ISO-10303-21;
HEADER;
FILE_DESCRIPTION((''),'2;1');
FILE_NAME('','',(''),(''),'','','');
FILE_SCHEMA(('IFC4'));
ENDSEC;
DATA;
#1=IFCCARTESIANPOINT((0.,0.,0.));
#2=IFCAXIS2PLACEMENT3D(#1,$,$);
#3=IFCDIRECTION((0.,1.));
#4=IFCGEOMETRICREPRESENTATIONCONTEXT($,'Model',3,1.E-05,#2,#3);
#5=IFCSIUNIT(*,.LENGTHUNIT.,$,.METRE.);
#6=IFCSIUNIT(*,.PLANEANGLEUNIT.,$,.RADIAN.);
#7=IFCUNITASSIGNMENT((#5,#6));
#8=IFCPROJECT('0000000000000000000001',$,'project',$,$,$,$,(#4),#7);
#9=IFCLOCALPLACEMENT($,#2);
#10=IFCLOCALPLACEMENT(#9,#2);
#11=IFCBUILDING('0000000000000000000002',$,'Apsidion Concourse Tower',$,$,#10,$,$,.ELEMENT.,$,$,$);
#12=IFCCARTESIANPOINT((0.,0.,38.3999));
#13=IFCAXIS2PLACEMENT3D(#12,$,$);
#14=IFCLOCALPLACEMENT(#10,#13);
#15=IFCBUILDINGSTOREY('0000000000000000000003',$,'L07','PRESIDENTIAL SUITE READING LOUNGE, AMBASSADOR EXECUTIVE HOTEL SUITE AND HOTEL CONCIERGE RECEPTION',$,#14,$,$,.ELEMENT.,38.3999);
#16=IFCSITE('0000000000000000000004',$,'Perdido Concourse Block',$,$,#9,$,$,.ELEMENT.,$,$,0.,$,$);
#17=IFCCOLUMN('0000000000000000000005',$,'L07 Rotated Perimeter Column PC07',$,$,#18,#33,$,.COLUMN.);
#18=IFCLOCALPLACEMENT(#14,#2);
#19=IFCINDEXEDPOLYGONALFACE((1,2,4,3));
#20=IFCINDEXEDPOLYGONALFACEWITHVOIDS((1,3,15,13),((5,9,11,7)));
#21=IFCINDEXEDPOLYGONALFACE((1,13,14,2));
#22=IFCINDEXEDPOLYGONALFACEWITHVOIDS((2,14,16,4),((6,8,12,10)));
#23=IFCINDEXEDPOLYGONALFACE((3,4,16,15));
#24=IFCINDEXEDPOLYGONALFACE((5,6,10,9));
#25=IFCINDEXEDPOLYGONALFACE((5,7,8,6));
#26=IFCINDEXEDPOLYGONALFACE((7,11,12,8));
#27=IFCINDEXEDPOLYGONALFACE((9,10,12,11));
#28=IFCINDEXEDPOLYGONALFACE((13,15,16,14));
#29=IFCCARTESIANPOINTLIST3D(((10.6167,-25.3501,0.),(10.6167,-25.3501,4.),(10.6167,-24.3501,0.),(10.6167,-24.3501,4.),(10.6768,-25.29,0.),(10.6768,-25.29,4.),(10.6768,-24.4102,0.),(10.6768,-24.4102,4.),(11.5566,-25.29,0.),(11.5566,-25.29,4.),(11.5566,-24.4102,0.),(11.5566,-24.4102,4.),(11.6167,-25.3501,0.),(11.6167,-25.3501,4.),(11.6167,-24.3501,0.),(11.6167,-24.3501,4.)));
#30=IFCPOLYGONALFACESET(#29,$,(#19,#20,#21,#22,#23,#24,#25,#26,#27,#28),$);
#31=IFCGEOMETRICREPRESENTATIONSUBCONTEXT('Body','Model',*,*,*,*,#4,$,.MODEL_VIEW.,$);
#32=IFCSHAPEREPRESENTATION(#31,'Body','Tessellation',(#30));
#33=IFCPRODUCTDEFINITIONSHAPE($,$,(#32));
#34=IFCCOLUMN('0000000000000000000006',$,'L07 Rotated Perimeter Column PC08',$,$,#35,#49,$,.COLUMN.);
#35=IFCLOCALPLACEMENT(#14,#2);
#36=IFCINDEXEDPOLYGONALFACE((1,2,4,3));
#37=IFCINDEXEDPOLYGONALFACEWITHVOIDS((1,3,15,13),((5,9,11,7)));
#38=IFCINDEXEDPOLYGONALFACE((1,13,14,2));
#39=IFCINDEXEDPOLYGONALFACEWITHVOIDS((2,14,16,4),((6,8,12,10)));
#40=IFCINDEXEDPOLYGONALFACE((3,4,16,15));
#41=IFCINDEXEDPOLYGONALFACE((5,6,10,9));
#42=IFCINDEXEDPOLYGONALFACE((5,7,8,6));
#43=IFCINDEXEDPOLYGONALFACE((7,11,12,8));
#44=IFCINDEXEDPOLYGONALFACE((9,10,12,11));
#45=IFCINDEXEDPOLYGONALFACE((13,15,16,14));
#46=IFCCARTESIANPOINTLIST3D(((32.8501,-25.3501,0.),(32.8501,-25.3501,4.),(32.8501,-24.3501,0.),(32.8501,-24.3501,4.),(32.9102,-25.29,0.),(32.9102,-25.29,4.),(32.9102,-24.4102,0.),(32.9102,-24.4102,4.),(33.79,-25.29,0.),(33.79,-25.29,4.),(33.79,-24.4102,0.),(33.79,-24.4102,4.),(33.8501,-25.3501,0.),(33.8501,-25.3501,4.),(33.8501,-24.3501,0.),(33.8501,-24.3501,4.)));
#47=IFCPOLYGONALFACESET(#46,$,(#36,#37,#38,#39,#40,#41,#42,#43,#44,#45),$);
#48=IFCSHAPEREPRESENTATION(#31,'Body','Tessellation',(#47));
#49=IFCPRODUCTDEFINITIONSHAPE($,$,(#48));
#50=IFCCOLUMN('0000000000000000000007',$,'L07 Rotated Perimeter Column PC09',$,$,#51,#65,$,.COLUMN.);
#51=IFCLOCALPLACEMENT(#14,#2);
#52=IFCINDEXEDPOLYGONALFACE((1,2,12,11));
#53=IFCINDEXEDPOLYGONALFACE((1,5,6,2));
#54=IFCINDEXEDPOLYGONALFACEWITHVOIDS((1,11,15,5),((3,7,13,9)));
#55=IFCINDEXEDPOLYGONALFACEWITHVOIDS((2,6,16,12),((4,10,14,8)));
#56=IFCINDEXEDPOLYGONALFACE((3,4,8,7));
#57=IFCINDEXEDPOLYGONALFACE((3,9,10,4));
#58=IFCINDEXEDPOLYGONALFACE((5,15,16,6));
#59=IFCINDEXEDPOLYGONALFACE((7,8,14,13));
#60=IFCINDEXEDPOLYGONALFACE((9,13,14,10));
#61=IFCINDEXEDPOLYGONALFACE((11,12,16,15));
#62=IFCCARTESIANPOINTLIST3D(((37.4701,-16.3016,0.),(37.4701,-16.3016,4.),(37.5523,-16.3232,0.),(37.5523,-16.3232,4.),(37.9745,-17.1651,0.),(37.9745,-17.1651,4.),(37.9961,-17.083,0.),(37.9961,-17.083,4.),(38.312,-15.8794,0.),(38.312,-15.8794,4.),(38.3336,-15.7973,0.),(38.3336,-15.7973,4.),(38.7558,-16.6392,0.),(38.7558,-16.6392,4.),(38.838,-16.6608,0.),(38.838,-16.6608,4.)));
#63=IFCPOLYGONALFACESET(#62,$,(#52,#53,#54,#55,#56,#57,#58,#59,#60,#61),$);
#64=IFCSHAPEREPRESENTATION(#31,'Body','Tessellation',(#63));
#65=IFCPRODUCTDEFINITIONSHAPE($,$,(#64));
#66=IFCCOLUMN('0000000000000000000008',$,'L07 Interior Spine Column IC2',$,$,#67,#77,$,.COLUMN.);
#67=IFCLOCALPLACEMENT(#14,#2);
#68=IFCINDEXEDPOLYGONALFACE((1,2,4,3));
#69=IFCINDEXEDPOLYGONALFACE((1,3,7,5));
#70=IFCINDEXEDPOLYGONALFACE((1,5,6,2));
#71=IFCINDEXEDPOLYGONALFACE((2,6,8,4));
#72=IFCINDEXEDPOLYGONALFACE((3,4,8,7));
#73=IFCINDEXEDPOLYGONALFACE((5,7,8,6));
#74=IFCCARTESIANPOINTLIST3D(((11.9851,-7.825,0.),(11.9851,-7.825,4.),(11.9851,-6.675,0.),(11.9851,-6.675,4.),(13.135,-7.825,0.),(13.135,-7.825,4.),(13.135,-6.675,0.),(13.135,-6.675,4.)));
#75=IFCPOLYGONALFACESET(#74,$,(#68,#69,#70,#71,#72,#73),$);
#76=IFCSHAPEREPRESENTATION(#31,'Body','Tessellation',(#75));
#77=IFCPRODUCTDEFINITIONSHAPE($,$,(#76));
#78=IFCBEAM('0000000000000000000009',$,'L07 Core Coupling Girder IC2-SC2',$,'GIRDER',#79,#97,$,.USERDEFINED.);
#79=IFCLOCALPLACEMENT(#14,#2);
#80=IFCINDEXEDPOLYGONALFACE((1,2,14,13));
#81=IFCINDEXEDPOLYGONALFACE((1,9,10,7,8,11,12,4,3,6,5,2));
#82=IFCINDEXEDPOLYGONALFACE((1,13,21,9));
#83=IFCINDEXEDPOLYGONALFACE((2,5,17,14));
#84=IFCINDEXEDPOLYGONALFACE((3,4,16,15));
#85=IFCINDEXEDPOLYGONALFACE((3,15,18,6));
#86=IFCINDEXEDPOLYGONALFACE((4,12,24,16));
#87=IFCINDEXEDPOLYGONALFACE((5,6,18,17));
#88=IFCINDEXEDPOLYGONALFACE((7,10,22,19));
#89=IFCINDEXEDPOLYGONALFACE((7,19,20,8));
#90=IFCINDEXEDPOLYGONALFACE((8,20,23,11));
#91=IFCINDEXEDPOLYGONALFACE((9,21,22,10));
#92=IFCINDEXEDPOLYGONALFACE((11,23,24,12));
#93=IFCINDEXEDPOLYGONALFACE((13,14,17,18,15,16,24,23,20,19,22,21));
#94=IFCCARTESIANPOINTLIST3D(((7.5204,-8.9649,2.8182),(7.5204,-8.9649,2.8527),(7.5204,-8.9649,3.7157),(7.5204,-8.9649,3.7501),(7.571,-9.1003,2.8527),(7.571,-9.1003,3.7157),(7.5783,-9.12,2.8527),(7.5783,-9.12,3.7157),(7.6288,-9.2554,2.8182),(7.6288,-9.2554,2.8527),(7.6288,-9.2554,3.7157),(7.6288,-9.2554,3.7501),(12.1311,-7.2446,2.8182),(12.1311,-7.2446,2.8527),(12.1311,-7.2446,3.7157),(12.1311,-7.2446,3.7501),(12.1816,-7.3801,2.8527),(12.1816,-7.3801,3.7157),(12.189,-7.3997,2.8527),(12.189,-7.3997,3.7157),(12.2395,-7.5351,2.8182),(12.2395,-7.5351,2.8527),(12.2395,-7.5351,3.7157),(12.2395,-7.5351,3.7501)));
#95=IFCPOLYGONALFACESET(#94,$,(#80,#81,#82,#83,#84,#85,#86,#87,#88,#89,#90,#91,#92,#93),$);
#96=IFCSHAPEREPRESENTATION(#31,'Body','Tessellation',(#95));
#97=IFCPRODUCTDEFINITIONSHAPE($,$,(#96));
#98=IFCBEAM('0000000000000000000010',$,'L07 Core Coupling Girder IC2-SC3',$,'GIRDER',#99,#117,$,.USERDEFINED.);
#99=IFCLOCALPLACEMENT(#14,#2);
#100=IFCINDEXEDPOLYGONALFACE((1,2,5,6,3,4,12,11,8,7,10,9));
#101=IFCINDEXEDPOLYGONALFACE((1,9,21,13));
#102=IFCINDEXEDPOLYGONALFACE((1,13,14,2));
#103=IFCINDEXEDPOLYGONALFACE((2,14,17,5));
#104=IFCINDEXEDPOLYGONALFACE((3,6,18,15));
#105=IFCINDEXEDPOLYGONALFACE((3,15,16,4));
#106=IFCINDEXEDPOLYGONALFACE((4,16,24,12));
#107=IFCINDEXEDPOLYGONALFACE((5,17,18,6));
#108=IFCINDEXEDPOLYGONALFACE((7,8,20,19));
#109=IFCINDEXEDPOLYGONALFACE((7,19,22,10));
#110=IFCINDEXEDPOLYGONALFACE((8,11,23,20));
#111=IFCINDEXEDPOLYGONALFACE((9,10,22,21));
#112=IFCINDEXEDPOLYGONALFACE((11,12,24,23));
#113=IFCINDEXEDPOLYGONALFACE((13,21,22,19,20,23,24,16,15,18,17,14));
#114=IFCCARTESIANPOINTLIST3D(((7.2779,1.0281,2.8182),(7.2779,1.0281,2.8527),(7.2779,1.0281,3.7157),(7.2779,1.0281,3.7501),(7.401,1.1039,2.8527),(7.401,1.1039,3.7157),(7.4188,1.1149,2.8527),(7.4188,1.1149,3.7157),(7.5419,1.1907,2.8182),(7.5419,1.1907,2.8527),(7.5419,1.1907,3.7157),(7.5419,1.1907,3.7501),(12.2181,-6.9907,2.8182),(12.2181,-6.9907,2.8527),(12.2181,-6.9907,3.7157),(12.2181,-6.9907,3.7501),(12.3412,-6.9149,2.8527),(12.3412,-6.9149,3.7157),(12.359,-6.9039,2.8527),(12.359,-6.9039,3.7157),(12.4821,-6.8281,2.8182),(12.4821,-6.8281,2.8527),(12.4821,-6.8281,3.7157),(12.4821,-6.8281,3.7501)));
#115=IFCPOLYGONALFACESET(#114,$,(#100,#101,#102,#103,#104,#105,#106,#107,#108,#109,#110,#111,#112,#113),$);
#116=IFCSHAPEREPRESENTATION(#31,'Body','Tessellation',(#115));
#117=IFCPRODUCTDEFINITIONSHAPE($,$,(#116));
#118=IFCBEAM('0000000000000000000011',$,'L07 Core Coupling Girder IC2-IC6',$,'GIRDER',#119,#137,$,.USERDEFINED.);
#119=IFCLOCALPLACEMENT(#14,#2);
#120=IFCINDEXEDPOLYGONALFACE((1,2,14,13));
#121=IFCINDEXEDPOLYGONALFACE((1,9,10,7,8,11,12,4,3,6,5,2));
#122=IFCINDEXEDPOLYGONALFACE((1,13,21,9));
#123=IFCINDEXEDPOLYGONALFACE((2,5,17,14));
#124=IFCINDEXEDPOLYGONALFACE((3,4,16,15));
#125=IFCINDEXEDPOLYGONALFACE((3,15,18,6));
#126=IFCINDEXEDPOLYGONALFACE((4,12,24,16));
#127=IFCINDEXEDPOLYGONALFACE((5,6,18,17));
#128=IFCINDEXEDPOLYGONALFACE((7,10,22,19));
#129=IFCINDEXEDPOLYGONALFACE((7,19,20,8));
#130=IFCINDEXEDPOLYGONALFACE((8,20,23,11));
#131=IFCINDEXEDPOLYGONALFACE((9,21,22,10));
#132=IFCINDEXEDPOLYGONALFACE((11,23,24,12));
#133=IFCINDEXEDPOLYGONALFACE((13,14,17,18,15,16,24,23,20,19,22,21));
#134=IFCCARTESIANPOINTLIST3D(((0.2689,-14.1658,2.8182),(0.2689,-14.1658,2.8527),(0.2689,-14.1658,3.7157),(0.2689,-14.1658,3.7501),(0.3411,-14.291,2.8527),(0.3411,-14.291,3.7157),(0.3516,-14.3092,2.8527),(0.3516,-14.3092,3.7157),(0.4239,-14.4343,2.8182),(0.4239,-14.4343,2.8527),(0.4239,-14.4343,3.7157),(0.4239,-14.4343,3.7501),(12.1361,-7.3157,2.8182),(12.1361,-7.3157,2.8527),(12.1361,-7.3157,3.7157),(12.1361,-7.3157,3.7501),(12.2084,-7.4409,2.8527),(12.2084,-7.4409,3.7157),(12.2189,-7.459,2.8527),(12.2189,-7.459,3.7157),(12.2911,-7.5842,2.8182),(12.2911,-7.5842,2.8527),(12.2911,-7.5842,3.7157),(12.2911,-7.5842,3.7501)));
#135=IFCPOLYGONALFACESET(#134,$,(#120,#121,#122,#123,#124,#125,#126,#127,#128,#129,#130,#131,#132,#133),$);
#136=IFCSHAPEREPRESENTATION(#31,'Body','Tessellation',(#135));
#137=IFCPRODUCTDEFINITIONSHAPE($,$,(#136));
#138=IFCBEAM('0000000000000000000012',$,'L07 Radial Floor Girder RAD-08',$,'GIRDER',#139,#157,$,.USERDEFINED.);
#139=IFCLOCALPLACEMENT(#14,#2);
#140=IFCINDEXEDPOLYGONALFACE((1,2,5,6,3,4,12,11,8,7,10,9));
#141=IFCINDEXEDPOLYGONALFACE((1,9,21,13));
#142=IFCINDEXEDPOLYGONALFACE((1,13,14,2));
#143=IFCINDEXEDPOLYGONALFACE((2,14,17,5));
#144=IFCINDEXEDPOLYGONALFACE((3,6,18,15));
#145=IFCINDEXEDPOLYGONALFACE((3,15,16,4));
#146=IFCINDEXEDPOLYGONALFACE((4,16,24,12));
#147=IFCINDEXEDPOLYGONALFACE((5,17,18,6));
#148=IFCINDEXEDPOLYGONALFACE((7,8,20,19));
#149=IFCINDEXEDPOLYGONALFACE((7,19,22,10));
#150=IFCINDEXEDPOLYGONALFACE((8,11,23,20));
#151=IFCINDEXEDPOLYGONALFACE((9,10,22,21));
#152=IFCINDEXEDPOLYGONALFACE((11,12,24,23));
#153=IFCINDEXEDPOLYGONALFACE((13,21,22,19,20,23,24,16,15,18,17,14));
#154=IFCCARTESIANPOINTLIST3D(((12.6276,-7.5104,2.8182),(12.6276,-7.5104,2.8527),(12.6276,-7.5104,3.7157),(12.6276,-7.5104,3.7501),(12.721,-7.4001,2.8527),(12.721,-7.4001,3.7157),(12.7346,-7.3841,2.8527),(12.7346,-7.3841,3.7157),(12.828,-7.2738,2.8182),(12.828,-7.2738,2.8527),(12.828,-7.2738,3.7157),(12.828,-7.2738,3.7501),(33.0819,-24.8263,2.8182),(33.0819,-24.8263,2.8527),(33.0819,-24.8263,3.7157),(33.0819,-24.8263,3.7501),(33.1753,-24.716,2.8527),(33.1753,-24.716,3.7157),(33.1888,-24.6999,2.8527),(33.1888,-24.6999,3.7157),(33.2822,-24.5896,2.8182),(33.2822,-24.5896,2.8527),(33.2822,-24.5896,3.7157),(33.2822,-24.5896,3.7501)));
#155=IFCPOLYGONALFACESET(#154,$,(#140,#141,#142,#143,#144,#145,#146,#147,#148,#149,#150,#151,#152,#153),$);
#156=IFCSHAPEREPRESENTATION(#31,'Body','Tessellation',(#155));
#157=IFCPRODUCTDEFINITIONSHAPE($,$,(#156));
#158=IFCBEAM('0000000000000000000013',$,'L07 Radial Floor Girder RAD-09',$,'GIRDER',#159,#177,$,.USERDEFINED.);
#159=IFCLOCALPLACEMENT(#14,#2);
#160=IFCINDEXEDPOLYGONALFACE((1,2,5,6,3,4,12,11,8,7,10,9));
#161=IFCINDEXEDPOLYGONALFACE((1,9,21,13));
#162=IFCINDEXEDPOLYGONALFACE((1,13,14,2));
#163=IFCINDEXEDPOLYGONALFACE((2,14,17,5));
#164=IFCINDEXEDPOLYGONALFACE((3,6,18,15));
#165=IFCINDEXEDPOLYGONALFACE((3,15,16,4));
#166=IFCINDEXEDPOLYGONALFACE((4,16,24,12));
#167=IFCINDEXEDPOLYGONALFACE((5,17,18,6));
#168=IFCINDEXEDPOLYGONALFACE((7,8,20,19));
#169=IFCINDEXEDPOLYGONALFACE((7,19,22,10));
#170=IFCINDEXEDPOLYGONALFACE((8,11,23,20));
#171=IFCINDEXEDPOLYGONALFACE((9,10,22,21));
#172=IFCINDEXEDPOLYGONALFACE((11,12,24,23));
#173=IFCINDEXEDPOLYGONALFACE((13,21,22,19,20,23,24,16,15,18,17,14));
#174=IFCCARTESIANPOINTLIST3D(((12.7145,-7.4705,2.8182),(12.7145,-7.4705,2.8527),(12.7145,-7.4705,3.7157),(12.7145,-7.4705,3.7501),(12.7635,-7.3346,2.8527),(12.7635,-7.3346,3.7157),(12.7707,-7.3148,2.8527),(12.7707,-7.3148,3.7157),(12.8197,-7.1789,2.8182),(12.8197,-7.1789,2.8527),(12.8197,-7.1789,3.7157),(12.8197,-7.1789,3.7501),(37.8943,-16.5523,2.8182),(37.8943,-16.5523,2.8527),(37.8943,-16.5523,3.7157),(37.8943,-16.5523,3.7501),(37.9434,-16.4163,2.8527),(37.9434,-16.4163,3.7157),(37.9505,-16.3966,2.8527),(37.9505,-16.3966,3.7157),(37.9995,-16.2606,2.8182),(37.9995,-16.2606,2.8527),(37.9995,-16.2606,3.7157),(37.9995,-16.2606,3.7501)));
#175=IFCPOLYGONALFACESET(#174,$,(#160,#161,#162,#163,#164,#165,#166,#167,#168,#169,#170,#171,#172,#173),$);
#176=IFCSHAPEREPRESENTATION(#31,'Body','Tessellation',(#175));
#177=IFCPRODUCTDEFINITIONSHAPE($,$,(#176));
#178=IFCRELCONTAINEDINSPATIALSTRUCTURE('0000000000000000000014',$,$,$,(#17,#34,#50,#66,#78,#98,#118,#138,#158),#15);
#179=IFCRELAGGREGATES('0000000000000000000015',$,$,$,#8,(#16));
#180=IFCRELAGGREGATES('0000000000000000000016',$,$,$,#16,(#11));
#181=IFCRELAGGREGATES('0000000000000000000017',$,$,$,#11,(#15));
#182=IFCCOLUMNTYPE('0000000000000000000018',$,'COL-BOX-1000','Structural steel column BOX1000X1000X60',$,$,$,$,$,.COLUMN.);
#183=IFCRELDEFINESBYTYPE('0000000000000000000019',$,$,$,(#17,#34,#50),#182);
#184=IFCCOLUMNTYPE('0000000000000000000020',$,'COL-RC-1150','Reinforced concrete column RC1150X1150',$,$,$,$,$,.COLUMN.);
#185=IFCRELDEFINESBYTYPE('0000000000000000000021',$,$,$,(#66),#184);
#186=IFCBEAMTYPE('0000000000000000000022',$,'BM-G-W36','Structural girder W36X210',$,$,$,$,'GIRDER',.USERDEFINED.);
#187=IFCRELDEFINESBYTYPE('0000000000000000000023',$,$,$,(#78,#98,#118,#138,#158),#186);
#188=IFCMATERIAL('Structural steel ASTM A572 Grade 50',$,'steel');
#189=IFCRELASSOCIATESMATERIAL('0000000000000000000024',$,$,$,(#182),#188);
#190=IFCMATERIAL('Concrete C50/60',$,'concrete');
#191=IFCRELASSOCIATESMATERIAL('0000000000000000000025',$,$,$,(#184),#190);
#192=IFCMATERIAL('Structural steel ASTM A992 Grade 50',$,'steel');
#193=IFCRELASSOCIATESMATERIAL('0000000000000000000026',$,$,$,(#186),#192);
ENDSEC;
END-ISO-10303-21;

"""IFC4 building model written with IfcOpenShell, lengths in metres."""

from ifc_helpers import new_model, si_unit, direction, frame, origin, origin_2d, place, context, subcontext, project, spatial, rectangle, hollow_rectangle, i_section, extrude, material, material_profile, profile_set, type_object, element, save


model = new_model("IFC4")

# Units and contexts
model_context = context("Model", 3, precision=1e-05, world=origin(), true_north=direction((0.0, 1.0)))
body_context = subcontext(model_context, "Body", "Model", "MODEL_VIEW")
ifc_project = project(units=[si_unit("LENGTHUNIT", "METRE"), si_unit("PLANEANGLEUNIT", "RADIAN")], contexts=[model_context])

# Site, building, storey
site_placement = place(None, origin())
site = spatial("IfcSite", under=ifc_project, at=site_placement, Name="Perdido Concourse Block", CompositionType="ELEMENT", RefElevation=0.0)
building_placement = place(site_placement, origin())
building = spatial("IfcBuilding", under=site, at=building_placement, Name="Apsidion Concourse Tower", CompositionType="ELEMENT")
storey_placement = place(building_placement, frame((0.0, 0.0, 38.3999)))
storey = spatial("IfcBuildingStorey", under=building, at=storey_placement, Name="L07", Description="PRESIDENTIAL SUITE READING LOUNGE, AMBASSADOR EXECUTIVE HOTEL SUITE AND HOTEL CONCIERGE RECEPTION", CompositionType="ELEMENT", Elevation=38.3999)

# Columns
ifc_material_1 = material(Name="Structural steel ASTM A572 Grade 50", Category="steel")
ifc_material_profile_1 = material_profile(ifc_material_1, hollow_rectangle(XDim=1.0, YDim=1.0, WallThickness=0.0601, at=origin_2d()), Name="BOX1000X1000X60")
ifc_profile_set_1 = profile_set([ifc_material_profile_1], Name="Structural steel ASTM A572 Grade 50")
column_type_1 = type_object("IfcColumnType", Name="COL-BOX-1000", Description="Structural steel column BOX1000X1000X60", PredefinedType="COLUMN", material=ifc_profile_set_1)
for number, where, z_axis, x_axis, name in (
    (1, (11.1167, -24.8501, 0.0), (0.0, 0.0, 1.0), (1.0, 0.0, 0.0), "L07 Rotated Perimeter Column PC07"),
    (2, (33.3501, -24.8501, 0.0), (0.0, 0.0, 1.0), (1.0, 0.0, 0.0), "L07 Rotated Perimeter Column PC08"),
    (3, (38.1541, -16.4812, 0.0), (0.0, 0.0, 1.0), (-0.504377, 0.863484, 0.0), "L07 Rotated Perimeter Column PC09"),
):
    element("IfcColumn", number, at=place(storey_placement, frame(where, z_axis=z_axis, x_axis=x_axis)), inside=storey, type_object=column_type_1, Name=name, PredefinedType="COLUMN", context=body_context, shape_type="SweptSolid", body=[
        extrude(hollow_rectangle(XDim=1.0, YDim=1.0, WallThickness=0.0601, at=origin_2d()), origin(), (0.0, 0.0, 1.0), 4.0),
    ])
ifc_material_2 = material(Name="Concrete C50/60", Category="concrete")
ifc_material_profile_2 = material_profile(ifc_material_2, rectangle(XDim=1.1499, YDim=1.1499, at=origin_2d()), Name="RC 1150x1150")
ifc_profile_set_2 = profile_set([ifc_material_profile_2], Name="Concrete C50/60")
column_type_2 = type_object("IfcColumnType", Name="COL-RC-1150", Description="Reinforced concrete column RC1150X1150", PredefinedType="COLUMN", material=ifc_profile_set_2)
column_placement = place(storey_placement, frame((12.5601, -7.25, 0.0), z_axis=(0.0, 0.0, 1.0), x_axis=(1.0, 0.0, 0.0)))
element("IfcColumn", 4, at=column_placement, inside=storey, type_object=column_type_2, Name="L07 Interior Spine Column IC2", PredefinedType="COLUMN", context=body_context, shape_type="SweptSolid", body=[
    extrude(rectangle(XDim=1.1499, YDim=1.1499, at=origin_2d()), origin(), (0.0, 0.0, 1.0), 4.0),
])

# Beams
ifc_material_3 = material(Name="Structural steel ASTM A992 Grade 50", Category="steel")
ifc_material_profile_3 = material_profile(ifc_material_3, i_section(OverallWidth=0.3101, OverallDepth=0.9319, WebThickness=0.021, FlangeThickness=0.0344, at=origin_2d()), Name="W36X210")
ifc_profile_set_3 = profile_set([ifc_material_profile_3], Name="Structural steel ASTM A992 Grade 50")
beam_type_1 = type_object("IfcBeamType", Name="BM-G-W36", Description="Structural girder W36X210", ElementType="GIRDER", PredefinedType="USERDEFINED", material=ifc_profile_set_3)
beam_1_placement = place(storey_placement, frame((12.1853, -7.3899, 3.2842), z_axis=(-0.936913, -0.349563, 0.0), x_axis=(0.349563, -0.936913, 0.0)))
element("IfcBeam", 5, at=beam_1_placement, inside=storey, type_object=beam_type_1, Name="L07 Core Coupling Girder IC2-SC2", ObjectType="GIRDER", PredefinedType="USERDEFINED", context=body_context, shape_type="SweptSolid", body=[
    extrude(i_section(OverallWidth=0.3101, OverallDepth=0.9319, WebThickness=0.021, FlangeThickness=0.0344, at=origin_2d()), origin(), (0.0, 0.0, 1.0), 4.9211),
])
beam_2_placement = place(storey_placement, frame((12.3501, -6.9094, 3.2842), z_axis=(-0.524524, 0.851396, 0.0), x_axis=(-0.851396, -0.524524, 0.0)))
element("IfcBeam", 6, at=beam_2_placement, inside=storey, type_object=beam_type_1, Name="L07 Core Coupling Girder IC2-SC3", ObjectType="GIRDER", PredefinedType="USERDEFINED", context=body_context, shape_type="SweptSolid", body=[
    extrude(i_section(OverallWidth=0.3101, OverallDepth=0.9319, WebThickness=0.021, FlangeThickness=0.0344, at=origin_2d()), origin(), (0.0, 0.0, 1.0), 9.4185),
])
beam_3_placement = place(storey_placement, frame((12.2136, -7.45, 3.2842), z_axis=(-0.86607, -0.499922, 0.0), x_axis=(0.499922, -0.86607, 0.0)))
element("IfcBeam", 7, at=beam_3_placement, inside=storey, type_object=beam_type_1, Name="L07 Core Coupling Girder IC2-IC6", ObjectType="GIRDER", PredefinedType="USERDEFINED", context=body_context, shape_type="SweptSolid", body=[
    extrude(i_section(OverallWidth=0.3101, OverallDepth=0.9319, WebThickness=0.021, FlangeThickness=0.0344, at=origin_2d()), origin(), (0.0, 0.0, 1.0), 13.7024),
])
beam_4_placement = place(storey_placement, frame((12.7278, -7.3921, 3.2842), z_axis=(0.763232, -0.646125, 0.0), x_axis=(0.646125, 0.763232, 0.0)))
element("IfcBeam", 8, at=beam_4_placement, inside=storey, type_object=beam_type_1, Name="L07 Radial Floor Girder RAD-08", ObjectType="GIRDER", PredefinedType="USERDEFINED", context=body_context, shape_type="SweptSolid", body=[
    extrude(i_section(OverallWidth=0.3101, OverallDepth=0.9319, WebThickness=0.021, FlangeThickness=0.0344, at=origin_2d()), origin(), (0.0, 0.0, 1.0), 26.7996),
])
beam_5_placement = place(storey_placement, frame((12.7671, -7.3247, 3.2842), z_axis=(0.940685, -0.339282, 0.0), x_axis=(0.339282, 0.940685, 0.0)))
element("IfcBeam", 9, at=beam_5_placement, inside=storey, type_object=beam_type_1, Name="L07 Radial Floor Girder RAD-09", ObjectType="GIRDER", PredefinedType="USERDEFINED", context=body_context, shape_type="SweptSolid", body=[
    extrude(i_section(OverallWidth=0.3101, OverallDepth=0.9319, WebThickness=0.021, FlangeThickness=0.0344, at=origin_2d()), origin(), (0.0, 0.0, 1.0), 26.7676),
])

save(model, "model.ifc")
